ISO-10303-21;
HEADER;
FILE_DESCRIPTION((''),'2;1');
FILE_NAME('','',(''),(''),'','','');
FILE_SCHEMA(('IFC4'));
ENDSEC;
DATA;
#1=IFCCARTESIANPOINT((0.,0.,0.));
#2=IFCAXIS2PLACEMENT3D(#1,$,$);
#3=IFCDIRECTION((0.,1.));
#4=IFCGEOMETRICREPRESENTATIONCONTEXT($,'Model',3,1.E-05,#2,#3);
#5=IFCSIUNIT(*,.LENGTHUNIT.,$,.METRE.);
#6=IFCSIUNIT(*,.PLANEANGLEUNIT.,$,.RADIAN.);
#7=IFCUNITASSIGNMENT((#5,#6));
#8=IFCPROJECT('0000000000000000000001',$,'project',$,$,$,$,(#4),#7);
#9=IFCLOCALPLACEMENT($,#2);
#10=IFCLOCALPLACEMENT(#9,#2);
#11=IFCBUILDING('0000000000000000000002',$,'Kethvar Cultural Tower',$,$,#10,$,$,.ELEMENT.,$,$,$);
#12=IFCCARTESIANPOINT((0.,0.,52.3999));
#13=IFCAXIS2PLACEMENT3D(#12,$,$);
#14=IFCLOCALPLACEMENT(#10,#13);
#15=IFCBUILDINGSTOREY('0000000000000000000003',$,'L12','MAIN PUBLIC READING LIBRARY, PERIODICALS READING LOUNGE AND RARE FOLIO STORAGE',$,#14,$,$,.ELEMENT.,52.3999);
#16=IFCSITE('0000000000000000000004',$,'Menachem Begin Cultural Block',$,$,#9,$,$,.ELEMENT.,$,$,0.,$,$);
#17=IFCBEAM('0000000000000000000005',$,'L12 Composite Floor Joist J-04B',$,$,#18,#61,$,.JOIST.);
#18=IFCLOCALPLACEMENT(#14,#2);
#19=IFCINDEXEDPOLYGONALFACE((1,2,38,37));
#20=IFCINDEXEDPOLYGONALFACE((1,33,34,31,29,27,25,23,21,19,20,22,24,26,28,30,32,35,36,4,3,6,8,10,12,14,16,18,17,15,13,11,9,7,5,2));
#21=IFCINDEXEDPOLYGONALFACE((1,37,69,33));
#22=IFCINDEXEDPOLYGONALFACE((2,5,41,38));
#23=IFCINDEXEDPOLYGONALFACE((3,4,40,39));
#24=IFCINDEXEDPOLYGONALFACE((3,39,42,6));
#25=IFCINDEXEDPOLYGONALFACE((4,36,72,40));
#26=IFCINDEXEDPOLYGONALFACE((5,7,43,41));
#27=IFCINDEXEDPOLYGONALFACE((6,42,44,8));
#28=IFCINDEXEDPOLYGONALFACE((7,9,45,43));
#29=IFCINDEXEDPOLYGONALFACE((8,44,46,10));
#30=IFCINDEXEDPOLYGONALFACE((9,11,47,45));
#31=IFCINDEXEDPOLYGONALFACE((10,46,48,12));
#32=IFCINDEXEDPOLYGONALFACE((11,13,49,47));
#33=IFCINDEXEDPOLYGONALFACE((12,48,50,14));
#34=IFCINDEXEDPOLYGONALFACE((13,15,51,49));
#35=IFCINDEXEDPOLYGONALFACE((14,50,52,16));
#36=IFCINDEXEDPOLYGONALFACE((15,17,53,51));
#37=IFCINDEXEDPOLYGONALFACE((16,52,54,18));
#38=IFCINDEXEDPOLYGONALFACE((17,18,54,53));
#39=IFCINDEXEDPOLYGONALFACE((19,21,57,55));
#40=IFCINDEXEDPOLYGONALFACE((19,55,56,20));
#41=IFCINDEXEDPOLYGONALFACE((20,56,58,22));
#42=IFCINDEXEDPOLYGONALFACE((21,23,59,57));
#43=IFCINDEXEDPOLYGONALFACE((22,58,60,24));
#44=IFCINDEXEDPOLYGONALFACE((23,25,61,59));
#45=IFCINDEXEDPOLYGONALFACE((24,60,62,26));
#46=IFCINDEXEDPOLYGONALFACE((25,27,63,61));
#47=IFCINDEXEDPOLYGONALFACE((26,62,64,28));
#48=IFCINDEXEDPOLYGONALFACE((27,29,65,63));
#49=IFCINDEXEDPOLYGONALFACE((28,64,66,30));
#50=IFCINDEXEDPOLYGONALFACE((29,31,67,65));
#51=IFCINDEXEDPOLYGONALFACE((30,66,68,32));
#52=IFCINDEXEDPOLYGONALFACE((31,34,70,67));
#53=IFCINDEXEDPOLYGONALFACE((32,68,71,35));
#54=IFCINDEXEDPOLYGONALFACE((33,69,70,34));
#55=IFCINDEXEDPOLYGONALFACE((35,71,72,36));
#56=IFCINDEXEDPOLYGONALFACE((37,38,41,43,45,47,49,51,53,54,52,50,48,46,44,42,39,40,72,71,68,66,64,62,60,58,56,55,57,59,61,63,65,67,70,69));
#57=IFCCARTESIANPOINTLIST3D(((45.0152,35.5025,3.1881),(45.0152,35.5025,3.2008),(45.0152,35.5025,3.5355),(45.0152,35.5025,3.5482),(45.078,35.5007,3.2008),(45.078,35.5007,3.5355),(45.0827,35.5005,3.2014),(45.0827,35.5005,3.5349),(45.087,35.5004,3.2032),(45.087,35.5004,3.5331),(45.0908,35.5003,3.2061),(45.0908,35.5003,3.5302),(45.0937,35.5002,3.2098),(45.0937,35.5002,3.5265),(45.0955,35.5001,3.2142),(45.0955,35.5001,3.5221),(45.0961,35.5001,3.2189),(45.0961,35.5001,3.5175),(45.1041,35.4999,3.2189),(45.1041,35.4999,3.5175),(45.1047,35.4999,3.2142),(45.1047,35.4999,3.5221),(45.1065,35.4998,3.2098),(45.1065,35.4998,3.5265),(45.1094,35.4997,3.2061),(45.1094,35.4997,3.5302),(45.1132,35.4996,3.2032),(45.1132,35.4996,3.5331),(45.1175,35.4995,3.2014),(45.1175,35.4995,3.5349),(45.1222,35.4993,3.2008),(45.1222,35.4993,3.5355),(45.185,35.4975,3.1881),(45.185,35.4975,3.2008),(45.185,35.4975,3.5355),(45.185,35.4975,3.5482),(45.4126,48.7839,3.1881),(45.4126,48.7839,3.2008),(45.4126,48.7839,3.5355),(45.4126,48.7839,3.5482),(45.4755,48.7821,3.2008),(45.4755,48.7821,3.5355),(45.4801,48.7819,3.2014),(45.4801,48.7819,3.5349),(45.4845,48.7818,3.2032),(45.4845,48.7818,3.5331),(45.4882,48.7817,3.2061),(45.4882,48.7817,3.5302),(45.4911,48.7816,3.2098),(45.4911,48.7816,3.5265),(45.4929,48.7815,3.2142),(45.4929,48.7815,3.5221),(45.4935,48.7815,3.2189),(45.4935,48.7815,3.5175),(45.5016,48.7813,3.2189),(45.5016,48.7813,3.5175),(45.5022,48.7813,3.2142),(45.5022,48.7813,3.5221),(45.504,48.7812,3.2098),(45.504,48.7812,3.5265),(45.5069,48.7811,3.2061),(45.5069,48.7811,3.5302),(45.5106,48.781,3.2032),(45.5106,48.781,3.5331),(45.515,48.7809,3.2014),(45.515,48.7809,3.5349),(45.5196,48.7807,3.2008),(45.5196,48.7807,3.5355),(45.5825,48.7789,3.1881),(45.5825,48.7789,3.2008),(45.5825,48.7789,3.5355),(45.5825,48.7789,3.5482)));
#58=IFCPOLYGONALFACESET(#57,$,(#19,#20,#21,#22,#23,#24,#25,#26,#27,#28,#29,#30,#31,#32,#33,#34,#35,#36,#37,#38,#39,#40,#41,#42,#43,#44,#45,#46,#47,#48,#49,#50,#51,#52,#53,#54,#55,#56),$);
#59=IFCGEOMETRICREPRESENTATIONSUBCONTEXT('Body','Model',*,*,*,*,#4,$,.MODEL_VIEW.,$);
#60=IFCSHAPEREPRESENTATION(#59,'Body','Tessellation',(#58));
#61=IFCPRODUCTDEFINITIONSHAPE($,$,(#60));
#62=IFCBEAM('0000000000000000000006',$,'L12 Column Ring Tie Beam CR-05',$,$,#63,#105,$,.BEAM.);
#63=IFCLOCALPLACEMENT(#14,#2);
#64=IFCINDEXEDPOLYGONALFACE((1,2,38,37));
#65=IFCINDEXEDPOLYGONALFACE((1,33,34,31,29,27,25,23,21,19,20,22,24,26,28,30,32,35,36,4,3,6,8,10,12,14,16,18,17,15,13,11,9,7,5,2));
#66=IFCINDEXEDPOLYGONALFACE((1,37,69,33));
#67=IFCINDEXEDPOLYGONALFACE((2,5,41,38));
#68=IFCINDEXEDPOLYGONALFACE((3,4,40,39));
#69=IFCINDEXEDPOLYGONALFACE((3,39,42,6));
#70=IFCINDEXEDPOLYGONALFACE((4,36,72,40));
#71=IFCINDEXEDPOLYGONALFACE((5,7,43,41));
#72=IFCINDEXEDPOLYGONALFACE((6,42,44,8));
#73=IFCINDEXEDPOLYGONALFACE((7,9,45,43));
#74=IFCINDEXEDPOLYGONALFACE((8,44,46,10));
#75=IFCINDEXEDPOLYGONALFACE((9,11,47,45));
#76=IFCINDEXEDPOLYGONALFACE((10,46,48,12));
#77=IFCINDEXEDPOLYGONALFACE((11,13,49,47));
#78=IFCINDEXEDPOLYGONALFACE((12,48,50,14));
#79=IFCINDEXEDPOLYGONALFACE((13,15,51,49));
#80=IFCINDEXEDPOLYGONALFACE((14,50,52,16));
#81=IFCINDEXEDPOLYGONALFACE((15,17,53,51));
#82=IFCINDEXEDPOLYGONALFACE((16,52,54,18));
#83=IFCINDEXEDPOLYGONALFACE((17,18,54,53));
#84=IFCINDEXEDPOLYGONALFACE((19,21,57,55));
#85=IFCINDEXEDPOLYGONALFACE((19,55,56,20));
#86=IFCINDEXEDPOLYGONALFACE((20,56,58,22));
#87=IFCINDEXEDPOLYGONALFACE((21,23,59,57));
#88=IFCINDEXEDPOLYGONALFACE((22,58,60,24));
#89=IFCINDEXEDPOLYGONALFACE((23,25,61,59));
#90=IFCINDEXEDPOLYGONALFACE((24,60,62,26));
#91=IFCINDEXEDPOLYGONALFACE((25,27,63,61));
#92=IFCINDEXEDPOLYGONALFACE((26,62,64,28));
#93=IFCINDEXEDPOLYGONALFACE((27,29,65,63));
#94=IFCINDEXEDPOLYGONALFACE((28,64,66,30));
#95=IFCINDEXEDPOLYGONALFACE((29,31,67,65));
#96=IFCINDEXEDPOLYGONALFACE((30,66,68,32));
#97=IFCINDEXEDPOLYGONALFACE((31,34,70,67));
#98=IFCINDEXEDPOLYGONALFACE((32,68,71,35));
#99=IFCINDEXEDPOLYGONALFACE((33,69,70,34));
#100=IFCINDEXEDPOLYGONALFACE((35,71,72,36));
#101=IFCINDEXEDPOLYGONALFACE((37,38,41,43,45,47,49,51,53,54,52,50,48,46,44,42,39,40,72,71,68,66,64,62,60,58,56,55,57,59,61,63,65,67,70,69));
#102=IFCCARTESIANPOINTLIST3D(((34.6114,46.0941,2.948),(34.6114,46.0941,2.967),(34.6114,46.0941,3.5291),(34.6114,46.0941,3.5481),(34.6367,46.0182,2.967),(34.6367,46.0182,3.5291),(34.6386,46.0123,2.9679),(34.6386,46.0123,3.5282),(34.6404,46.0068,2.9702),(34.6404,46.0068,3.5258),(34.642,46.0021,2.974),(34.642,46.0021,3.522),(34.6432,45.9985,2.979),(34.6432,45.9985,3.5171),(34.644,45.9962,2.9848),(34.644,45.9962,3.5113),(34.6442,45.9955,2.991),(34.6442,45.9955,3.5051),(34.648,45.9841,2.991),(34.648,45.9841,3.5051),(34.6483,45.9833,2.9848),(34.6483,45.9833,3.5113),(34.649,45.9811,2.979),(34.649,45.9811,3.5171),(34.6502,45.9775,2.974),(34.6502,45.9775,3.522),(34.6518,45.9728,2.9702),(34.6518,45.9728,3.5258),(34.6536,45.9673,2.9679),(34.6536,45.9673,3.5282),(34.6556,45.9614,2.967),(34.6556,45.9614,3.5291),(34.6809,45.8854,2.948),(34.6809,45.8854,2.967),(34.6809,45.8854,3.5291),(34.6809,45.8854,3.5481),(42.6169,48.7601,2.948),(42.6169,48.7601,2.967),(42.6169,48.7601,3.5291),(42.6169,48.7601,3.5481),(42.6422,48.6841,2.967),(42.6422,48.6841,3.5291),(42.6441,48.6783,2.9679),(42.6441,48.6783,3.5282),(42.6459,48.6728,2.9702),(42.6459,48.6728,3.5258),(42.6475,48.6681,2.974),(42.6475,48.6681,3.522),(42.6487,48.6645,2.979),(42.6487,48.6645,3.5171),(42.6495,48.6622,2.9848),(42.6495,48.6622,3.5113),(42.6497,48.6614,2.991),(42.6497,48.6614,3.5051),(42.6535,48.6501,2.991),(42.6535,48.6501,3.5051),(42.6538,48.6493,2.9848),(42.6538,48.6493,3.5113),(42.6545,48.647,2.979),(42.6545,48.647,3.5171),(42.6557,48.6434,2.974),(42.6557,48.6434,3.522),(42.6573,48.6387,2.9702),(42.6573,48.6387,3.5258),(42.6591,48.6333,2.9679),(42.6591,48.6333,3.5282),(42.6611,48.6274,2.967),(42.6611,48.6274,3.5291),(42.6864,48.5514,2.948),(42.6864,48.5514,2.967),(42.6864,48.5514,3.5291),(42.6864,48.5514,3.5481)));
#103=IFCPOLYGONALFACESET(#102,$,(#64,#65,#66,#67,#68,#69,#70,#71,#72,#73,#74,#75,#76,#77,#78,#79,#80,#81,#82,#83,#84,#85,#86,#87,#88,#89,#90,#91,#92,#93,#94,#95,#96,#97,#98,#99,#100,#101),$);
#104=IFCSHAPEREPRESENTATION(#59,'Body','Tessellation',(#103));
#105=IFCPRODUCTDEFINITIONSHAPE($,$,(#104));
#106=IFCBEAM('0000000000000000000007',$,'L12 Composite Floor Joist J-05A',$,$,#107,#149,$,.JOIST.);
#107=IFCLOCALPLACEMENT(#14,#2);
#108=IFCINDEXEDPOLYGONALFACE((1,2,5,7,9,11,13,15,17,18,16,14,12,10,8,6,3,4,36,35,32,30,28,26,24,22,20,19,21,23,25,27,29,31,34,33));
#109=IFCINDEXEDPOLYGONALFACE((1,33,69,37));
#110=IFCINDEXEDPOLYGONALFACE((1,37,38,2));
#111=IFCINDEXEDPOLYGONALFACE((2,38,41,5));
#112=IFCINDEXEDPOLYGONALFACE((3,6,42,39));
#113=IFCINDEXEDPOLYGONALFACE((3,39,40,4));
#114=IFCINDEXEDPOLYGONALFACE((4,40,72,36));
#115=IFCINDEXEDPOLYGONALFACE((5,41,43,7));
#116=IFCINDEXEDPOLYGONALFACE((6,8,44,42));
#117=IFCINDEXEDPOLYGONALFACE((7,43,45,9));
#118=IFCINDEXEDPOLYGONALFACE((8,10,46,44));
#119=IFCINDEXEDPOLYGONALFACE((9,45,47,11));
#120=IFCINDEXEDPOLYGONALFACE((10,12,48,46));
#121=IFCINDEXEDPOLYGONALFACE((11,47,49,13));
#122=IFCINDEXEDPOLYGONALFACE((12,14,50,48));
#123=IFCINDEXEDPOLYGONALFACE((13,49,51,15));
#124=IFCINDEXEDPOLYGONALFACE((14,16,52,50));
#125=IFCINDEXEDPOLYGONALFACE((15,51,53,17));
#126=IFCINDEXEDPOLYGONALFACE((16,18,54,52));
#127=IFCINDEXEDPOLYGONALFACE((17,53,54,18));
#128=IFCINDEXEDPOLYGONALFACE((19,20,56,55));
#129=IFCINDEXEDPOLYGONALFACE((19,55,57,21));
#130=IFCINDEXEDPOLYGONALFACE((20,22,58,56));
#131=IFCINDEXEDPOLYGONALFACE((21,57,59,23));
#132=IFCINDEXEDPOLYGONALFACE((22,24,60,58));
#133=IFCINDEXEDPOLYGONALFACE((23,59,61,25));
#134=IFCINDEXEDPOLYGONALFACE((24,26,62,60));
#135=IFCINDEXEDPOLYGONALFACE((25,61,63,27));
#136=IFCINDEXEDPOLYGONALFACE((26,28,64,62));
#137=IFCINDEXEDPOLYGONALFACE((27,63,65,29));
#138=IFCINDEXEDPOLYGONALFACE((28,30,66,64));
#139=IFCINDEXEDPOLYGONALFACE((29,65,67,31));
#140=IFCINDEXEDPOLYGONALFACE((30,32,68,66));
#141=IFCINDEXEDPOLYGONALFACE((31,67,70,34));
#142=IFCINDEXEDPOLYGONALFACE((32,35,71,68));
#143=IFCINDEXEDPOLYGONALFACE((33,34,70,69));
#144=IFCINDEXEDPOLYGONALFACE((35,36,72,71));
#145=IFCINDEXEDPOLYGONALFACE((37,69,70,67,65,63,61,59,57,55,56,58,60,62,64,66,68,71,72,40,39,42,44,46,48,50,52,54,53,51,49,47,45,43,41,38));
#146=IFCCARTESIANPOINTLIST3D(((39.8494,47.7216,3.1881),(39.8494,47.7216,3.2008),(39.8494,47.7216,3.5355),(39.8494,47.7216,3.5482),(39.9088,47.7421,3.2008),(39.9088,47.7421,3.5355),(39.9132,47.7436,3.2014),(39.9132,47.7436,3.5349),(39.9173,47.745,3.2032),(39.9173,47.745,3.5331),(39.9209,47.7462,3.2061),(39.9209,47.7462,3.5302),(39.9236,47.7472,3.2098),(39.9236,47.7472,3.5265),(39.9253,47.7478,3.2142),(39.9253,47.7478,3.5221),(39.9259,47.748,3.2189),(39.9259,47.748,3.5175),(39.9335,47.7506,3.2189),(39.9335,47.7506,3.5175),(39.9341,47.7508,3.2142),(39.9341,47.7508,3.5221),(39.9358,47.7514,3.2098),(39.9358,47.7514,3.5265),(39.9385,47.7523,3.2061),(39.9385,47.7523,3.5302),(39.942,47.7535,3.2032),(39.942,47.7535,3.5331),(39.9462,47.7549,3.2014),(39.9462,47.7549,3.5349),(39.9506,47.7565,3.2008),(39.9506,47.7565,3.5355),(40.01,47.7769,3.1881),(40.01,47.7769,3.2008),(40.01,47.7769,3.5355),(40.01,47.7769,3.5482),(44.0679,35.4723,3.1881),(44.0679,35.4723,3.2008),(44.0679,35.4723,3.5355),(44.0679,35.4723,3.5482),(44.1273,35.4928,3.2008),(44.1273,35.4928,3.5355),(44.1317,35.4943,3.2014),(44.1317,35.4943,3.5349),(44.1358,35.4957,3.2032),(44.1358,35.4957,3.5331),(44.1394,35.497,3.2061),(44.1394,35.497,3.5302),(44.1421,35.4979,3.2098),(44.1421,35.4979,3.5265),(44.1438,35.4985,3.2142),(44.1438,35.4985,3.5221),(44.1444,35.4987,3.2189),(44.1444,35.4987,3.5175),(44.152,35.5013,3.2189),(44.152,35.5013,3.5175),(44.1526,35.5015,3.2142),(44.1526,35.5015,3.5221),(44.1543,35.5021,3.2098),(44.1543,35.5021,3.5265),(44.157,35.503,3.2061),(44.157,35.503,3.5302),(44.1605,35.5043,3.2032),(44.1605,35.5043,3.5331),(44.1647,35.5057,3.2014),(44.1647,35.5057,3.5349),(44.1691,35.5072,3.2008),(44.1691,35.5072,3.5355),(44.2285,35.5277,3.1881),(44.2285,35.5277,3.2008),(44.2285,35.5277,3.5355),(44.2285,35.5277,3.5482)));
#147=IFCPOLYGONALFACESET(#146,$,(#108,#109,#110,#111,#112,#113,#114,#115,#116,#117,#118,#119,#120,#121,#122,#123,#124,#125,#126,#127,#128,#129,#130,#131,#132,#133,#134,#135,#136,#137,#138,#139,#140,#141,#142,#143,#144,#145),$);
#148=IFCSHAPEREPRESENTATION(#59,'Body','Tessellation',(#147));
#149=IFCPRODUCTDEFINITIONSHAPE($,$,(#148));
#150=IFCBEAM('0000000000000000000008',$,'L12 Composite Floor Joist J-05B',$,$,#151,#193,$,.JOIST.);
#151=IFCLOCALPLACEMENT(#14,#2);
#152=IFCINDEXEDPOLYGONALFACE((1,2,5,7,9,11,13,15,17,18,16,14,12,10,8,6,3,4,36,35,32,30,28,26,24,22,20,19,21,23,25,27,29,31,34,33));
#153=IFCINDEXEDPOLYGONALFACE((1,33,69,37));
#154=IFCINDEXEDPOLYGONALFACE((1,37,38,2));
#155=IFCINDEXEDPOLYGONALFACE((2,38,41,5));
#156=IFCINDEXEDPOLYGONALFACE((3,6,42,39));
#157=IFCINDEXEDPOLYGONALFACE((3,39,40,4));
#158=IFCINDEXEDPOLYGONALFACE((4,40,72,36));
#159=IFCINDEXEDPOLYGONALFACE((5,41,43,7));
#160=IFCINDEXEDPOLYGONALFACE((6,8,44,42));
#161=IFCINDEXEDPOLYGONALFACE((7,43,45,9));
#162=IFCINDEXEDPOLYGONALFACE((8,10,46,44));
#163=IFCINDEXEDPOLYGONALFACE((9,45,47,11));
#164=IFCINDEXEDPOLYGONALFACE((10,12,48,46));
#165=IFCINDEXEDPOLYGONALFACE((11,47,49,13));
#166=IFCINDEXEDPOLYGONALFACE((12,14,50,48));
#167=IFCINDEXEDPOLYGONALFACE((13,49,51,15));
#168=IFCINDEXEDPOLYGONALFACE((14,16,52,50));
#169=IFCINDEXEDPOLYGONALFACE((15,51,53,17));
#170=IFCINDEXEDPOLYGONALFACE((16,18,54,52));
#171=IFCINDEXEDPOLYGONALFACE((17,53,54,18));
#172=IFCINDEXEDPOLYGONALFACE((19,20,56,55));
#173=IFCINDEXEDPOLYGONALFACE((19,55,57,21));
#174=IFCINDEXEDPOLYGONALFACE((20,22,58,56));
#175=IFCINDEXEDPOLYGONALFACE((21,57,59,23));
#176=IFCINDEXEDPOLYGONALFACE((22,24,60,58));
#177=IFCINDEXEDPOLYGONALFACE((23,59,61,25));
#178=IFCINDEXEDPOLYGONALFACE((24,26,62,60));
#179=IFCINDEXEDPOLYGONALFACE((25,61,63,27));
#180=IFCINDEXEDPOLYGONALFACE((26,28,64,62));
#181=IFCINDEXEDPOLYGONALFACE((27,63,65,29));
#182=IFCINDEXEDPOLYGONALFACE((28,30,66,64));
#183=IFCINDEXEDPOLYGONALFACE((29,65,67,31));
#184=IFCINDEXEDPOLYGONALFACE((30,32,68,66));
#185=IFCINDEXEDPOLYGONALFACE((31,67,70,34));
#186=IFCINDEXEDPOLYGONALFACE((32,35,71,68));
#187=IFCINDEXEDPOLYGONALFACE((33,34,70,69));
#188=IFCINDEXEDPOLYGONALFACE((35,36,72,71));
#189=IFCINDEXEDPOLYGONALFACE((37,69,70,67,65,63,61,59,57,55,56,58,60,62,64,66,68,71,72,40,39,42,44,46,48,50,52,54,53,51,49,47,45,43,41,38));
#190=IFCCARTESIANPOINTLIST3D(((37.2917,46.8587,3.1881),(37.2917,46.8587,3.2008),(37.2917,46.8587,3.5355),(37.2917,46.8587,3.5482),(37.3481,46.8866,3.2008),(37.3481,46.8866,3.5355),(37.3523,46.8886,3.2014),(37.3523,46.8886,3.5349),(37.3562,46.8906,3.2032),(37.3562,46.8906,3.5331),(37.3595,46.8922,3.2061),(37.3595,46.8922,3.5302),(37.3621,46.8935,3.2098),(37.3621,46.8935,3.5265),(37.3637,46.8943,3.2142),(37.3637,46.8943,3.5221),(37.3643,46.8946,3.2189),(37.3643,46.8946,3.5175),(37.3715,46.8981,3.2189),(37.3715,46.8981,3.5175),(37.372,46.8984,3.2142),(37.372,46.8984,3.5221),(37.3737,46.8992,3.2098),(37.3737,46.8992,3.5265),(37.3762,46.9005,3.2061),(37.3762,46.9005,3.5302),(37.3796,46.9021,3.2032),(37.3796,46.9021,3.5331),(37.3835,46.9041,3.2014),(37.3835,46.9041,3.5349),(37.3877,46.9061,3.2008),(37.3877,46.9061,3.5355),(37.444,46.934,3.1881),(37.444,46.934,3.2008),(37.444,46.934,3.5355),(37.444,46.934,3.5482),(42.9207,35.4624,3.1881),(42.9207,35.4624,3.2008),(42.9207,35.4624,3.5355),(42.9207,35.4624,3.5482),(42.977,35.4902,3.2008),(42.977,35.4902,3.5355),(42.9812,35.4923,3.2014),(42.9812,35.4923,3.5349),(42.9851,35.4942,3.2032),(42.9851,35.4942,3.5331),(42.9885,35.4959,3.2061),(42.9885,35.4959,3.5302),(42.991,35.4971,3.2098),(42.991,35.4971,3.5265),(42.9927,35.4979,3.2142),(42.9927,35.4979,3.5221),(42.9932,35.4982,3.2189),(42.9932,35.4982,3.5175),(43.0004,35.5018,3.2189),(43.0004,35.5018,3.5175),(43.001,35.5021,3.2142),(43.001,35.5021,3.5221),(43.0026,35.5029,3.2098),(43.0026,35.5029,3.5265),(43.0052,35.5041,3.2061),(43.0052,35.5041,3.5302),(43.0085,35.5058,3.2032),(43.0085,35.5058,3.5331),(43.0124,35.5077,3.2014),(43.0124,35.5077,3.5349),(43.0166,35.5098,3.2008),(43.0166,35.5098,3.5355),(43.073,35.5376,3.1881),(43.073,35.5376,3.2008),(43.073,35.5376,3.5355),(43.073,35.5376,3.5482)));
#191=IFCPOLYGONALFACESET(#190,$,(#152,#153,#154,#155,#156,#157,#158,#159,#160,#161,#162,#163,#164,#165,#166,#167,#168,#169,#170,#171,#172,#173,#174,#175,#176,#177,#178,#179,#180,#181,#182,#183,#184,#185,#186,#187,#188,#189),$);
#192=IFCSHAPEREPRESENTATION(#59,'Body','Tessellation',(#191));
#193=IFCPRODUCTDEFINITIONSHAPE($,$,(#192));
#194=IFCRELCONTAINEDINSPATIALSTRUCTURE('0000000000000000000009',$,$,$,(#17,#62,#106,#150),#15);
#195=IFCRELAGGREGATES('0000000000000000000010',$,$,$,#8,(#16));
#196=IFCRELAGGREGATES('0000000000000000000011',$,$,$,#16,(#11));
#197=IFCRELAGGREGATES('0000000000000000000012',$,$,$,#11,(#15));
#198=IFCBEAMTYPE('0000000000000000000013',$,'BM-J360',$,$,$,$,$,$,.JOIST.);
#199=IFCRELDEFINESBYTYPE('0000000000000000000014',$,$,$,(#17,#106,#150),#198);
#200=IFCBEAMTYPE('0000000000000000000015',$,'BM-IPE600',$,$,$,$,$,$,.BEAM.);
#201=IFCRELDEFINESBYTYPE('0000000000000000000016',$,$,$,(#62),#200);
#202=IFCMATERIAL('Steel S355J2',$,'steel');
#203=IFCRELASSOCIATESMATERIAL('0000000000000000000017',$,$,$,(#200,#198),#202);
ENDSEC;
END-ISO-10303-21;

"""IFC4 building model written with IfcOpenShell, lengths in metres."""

from ifc_helpers import new_model, si_unit, direction, frame, origin, origin_2d, place, context, subcontext, project, spatial, i_section, extrude, source, transform, mapped, material, material_profile, profile_set, type_object, element, save


model = new_model("IFC4")

# Units and contexts
model_context = context("Model", 3, precision=1e-05, world=origin(), true_north=direction((0.0, 1.0)))
body_context = subcontext(model_context, "Body", "Model", "MODEL_VIEW")
ifc_project = project(units=[si_unit("LENGTHUNIT", "METRE"), si_unit("PLANEANGLEUNIT", "RADIAN")], contexts=[model_context])

# Site, building, storey
site_placement = place(None, origin())
site = spatial("IfcSite", under=ifc_project, at=site_placement, Name="Menachem Begin Cultural Block", CompositionType="ELEMENT", RefElevation=0.0)
building_placement = place(site_placement, origin())
building = spatial("IfcBuilding", under=site, at=building_placement, Name="Kethvar Cultural Tower", CompositionType="ELEMENT")
storey_placement = place(building_placement, frame((0.0, 0.0, 52.3999)))
storey = spatial("IfcBuildingStorey", under=building, at=storey_placement, Name="L12", Description="MAIN PUBLIC READING LIBRARY, PERIODICALS READING LOUNGE AND RARE FOLIO STORAGE", CompositionType="ELEMENT", Elevation=52.3999)

# Beams
ifc_material_1 = material(Name="Steel S355J2", Category="steel")
ifc_material_profile_1 = material_profile(ifc_material_1, i_section(OverallWidth=0.22, OverallDepth=0.6001, WebThickness=0.012, FlangeThickness=0.019, FilletRadius=0.0239, at=origin_2d()), Name="Steel S355J2 — IPE600")
ifc_profile_set_1 = profile_set([ifc_material_profile_1], Name="Steel S355J2 — IPE600")
beam_type_1 = type_object("IfcBeamType", Name="BM-IPE600", PredefinedType="BEAM", material=ifc_profile_set_1)
ifc_material_profile_2 = material_profile(ifc_material_1, i_section(OverallWidth=0.1699, OverallDepth=0.3601, WebThickness=0.0081, FlangeThickness=0.0127, FilletRadius=0.0181, at=origin_2d()), Name="Steel S355J2 — IPE360")
ifc_profile_set_2 = profile_set([ifc_material_profile_2], Name="Steel S355J2 — IPE360")
beam_type_2 = type_object("IfcBeamType", Name="BM-J360", PredefinedType="JOIST", material=ifc_profile_set_2)
shared_shape_1 = source(origin(), body_context, "Body", "SweptSolid", [
    extrude(i_section(OverallWidth=0.1699, OverallDepth=0.3601, WebThickness=0.0081, FlangeThickness=0.0127, FilletRadius=0.0181, at=origin_2d()), origin(), (0.0, 0.0, 1.0), 13.2874),
])
beam_1_placement = place(storey_placement, frame((45.1001, 35.5, 3.3682), z_axis=(0.029913, 0.999553, 0.0), x_axis=(-0.999553, 0.029913, 0.0)))
element("IfcBeam", 1, at=beam_1_placement, inside=storey, type_object=beam_type_2, Name="L12 Composite Floor Joist J-04B", PredefinedType="JOIST", context=body_context, shape_type="MappedRepresentation", body=[
    mapped(shared_shape_1, transform((0.0, 0.0, 0.0), scale=1.0)),
])
shared_shape_2 = source(origin(), body_context, "Body", "SweptSolid", [
    extrude(i_section(OverallWidth=0.22, OverallDepth=0.6001, WebThickness=0.012, FlangeThickness=0.019, FilletRadius=0.0239, at=origin_2d()), origin(), (0.0, 0.0, 1.0), 8.4377),
])
beam_2_placement = place(storey_placement, frame((42.6516, 48.6558, 3.248), z_axis=(-0.948773, -0.315959, 0.0), x_axis=(0.315959, -0.948773, 0.0)))
element("IfcBeam", 2, at=beam_2_placement, inside=storey, type_object=beam_type_1, Name="L12 Column Ring Tie Beam CR-05", PredefinedType="BEAM", context=body_context, shape_type="MappedRepresentation", body=[
    mapped(shared_shape_2, transform((0.0, 0.0, 0.0), scale=1.0)),
])
shared_shape_3 = source(origin(), body_context, "Body", "SweptSolid", [
    extrude(i_section(OverallWidth=0.1699, OverallDepth=0.3601, WebThickness=0.0081, FlangeThickness=0.0127, FilletRadius=0.0181, at=origin_2d()), origin(), (0.0, 0.0, 1.0), 12.9553),
])
beam_3_placement = place(storey_placement, frame((44.1482, 35.5, 3.3682), z_axis=(-0.32562, 0.945501, 0.0), x_axis=(-0.945501, -0.32562, 0.0)))
element("IfcBeam", 3, at=beam_3_placement, inside=storey, type_object=beam_type_2, Name="L12 Composite Floor Joist J-05A", PredefinedType="JOIST", context=body_context, shape_type="MappedRepresentation", body=[
    mapped(shared_shape_3, transform((0.0, 0.0, 0.0), scale=1.0)),
])
shared_shape_4 = source(origin(), body_context, "Body", "SweptSolid", [
    extrude(i_section(OverallWidth=0.1699, OverallDepth=0.3601, WebThickness=0.0081, FlangeThickness=0.0127, FilletRadius=0.0181, at=origin_2d()), origin(), (0.0, 0.0, 1.0), 12.7107),
])
beam_4_placement = place(storey_placement, frame((42.9968, 35.5, 3.3682), z_axis=(-0.442852, 0.896595, 0.0), x_axis=(-0.896595, -0.442852, 0.0)))
element("IfcBeam", 4, at=beam_4_placement, inside=storey, type_object=beam_type_2, Name="L12 Composite Floor Joist J-05B", PredefinedType="JOIST", context=body_context, shape_type="MappedRepresentation", body=[
    mapped(shared_shape_4, transform((0.0, 0.0, 0.0), scale=1.0)),
])

save(model, "model.ifc")
